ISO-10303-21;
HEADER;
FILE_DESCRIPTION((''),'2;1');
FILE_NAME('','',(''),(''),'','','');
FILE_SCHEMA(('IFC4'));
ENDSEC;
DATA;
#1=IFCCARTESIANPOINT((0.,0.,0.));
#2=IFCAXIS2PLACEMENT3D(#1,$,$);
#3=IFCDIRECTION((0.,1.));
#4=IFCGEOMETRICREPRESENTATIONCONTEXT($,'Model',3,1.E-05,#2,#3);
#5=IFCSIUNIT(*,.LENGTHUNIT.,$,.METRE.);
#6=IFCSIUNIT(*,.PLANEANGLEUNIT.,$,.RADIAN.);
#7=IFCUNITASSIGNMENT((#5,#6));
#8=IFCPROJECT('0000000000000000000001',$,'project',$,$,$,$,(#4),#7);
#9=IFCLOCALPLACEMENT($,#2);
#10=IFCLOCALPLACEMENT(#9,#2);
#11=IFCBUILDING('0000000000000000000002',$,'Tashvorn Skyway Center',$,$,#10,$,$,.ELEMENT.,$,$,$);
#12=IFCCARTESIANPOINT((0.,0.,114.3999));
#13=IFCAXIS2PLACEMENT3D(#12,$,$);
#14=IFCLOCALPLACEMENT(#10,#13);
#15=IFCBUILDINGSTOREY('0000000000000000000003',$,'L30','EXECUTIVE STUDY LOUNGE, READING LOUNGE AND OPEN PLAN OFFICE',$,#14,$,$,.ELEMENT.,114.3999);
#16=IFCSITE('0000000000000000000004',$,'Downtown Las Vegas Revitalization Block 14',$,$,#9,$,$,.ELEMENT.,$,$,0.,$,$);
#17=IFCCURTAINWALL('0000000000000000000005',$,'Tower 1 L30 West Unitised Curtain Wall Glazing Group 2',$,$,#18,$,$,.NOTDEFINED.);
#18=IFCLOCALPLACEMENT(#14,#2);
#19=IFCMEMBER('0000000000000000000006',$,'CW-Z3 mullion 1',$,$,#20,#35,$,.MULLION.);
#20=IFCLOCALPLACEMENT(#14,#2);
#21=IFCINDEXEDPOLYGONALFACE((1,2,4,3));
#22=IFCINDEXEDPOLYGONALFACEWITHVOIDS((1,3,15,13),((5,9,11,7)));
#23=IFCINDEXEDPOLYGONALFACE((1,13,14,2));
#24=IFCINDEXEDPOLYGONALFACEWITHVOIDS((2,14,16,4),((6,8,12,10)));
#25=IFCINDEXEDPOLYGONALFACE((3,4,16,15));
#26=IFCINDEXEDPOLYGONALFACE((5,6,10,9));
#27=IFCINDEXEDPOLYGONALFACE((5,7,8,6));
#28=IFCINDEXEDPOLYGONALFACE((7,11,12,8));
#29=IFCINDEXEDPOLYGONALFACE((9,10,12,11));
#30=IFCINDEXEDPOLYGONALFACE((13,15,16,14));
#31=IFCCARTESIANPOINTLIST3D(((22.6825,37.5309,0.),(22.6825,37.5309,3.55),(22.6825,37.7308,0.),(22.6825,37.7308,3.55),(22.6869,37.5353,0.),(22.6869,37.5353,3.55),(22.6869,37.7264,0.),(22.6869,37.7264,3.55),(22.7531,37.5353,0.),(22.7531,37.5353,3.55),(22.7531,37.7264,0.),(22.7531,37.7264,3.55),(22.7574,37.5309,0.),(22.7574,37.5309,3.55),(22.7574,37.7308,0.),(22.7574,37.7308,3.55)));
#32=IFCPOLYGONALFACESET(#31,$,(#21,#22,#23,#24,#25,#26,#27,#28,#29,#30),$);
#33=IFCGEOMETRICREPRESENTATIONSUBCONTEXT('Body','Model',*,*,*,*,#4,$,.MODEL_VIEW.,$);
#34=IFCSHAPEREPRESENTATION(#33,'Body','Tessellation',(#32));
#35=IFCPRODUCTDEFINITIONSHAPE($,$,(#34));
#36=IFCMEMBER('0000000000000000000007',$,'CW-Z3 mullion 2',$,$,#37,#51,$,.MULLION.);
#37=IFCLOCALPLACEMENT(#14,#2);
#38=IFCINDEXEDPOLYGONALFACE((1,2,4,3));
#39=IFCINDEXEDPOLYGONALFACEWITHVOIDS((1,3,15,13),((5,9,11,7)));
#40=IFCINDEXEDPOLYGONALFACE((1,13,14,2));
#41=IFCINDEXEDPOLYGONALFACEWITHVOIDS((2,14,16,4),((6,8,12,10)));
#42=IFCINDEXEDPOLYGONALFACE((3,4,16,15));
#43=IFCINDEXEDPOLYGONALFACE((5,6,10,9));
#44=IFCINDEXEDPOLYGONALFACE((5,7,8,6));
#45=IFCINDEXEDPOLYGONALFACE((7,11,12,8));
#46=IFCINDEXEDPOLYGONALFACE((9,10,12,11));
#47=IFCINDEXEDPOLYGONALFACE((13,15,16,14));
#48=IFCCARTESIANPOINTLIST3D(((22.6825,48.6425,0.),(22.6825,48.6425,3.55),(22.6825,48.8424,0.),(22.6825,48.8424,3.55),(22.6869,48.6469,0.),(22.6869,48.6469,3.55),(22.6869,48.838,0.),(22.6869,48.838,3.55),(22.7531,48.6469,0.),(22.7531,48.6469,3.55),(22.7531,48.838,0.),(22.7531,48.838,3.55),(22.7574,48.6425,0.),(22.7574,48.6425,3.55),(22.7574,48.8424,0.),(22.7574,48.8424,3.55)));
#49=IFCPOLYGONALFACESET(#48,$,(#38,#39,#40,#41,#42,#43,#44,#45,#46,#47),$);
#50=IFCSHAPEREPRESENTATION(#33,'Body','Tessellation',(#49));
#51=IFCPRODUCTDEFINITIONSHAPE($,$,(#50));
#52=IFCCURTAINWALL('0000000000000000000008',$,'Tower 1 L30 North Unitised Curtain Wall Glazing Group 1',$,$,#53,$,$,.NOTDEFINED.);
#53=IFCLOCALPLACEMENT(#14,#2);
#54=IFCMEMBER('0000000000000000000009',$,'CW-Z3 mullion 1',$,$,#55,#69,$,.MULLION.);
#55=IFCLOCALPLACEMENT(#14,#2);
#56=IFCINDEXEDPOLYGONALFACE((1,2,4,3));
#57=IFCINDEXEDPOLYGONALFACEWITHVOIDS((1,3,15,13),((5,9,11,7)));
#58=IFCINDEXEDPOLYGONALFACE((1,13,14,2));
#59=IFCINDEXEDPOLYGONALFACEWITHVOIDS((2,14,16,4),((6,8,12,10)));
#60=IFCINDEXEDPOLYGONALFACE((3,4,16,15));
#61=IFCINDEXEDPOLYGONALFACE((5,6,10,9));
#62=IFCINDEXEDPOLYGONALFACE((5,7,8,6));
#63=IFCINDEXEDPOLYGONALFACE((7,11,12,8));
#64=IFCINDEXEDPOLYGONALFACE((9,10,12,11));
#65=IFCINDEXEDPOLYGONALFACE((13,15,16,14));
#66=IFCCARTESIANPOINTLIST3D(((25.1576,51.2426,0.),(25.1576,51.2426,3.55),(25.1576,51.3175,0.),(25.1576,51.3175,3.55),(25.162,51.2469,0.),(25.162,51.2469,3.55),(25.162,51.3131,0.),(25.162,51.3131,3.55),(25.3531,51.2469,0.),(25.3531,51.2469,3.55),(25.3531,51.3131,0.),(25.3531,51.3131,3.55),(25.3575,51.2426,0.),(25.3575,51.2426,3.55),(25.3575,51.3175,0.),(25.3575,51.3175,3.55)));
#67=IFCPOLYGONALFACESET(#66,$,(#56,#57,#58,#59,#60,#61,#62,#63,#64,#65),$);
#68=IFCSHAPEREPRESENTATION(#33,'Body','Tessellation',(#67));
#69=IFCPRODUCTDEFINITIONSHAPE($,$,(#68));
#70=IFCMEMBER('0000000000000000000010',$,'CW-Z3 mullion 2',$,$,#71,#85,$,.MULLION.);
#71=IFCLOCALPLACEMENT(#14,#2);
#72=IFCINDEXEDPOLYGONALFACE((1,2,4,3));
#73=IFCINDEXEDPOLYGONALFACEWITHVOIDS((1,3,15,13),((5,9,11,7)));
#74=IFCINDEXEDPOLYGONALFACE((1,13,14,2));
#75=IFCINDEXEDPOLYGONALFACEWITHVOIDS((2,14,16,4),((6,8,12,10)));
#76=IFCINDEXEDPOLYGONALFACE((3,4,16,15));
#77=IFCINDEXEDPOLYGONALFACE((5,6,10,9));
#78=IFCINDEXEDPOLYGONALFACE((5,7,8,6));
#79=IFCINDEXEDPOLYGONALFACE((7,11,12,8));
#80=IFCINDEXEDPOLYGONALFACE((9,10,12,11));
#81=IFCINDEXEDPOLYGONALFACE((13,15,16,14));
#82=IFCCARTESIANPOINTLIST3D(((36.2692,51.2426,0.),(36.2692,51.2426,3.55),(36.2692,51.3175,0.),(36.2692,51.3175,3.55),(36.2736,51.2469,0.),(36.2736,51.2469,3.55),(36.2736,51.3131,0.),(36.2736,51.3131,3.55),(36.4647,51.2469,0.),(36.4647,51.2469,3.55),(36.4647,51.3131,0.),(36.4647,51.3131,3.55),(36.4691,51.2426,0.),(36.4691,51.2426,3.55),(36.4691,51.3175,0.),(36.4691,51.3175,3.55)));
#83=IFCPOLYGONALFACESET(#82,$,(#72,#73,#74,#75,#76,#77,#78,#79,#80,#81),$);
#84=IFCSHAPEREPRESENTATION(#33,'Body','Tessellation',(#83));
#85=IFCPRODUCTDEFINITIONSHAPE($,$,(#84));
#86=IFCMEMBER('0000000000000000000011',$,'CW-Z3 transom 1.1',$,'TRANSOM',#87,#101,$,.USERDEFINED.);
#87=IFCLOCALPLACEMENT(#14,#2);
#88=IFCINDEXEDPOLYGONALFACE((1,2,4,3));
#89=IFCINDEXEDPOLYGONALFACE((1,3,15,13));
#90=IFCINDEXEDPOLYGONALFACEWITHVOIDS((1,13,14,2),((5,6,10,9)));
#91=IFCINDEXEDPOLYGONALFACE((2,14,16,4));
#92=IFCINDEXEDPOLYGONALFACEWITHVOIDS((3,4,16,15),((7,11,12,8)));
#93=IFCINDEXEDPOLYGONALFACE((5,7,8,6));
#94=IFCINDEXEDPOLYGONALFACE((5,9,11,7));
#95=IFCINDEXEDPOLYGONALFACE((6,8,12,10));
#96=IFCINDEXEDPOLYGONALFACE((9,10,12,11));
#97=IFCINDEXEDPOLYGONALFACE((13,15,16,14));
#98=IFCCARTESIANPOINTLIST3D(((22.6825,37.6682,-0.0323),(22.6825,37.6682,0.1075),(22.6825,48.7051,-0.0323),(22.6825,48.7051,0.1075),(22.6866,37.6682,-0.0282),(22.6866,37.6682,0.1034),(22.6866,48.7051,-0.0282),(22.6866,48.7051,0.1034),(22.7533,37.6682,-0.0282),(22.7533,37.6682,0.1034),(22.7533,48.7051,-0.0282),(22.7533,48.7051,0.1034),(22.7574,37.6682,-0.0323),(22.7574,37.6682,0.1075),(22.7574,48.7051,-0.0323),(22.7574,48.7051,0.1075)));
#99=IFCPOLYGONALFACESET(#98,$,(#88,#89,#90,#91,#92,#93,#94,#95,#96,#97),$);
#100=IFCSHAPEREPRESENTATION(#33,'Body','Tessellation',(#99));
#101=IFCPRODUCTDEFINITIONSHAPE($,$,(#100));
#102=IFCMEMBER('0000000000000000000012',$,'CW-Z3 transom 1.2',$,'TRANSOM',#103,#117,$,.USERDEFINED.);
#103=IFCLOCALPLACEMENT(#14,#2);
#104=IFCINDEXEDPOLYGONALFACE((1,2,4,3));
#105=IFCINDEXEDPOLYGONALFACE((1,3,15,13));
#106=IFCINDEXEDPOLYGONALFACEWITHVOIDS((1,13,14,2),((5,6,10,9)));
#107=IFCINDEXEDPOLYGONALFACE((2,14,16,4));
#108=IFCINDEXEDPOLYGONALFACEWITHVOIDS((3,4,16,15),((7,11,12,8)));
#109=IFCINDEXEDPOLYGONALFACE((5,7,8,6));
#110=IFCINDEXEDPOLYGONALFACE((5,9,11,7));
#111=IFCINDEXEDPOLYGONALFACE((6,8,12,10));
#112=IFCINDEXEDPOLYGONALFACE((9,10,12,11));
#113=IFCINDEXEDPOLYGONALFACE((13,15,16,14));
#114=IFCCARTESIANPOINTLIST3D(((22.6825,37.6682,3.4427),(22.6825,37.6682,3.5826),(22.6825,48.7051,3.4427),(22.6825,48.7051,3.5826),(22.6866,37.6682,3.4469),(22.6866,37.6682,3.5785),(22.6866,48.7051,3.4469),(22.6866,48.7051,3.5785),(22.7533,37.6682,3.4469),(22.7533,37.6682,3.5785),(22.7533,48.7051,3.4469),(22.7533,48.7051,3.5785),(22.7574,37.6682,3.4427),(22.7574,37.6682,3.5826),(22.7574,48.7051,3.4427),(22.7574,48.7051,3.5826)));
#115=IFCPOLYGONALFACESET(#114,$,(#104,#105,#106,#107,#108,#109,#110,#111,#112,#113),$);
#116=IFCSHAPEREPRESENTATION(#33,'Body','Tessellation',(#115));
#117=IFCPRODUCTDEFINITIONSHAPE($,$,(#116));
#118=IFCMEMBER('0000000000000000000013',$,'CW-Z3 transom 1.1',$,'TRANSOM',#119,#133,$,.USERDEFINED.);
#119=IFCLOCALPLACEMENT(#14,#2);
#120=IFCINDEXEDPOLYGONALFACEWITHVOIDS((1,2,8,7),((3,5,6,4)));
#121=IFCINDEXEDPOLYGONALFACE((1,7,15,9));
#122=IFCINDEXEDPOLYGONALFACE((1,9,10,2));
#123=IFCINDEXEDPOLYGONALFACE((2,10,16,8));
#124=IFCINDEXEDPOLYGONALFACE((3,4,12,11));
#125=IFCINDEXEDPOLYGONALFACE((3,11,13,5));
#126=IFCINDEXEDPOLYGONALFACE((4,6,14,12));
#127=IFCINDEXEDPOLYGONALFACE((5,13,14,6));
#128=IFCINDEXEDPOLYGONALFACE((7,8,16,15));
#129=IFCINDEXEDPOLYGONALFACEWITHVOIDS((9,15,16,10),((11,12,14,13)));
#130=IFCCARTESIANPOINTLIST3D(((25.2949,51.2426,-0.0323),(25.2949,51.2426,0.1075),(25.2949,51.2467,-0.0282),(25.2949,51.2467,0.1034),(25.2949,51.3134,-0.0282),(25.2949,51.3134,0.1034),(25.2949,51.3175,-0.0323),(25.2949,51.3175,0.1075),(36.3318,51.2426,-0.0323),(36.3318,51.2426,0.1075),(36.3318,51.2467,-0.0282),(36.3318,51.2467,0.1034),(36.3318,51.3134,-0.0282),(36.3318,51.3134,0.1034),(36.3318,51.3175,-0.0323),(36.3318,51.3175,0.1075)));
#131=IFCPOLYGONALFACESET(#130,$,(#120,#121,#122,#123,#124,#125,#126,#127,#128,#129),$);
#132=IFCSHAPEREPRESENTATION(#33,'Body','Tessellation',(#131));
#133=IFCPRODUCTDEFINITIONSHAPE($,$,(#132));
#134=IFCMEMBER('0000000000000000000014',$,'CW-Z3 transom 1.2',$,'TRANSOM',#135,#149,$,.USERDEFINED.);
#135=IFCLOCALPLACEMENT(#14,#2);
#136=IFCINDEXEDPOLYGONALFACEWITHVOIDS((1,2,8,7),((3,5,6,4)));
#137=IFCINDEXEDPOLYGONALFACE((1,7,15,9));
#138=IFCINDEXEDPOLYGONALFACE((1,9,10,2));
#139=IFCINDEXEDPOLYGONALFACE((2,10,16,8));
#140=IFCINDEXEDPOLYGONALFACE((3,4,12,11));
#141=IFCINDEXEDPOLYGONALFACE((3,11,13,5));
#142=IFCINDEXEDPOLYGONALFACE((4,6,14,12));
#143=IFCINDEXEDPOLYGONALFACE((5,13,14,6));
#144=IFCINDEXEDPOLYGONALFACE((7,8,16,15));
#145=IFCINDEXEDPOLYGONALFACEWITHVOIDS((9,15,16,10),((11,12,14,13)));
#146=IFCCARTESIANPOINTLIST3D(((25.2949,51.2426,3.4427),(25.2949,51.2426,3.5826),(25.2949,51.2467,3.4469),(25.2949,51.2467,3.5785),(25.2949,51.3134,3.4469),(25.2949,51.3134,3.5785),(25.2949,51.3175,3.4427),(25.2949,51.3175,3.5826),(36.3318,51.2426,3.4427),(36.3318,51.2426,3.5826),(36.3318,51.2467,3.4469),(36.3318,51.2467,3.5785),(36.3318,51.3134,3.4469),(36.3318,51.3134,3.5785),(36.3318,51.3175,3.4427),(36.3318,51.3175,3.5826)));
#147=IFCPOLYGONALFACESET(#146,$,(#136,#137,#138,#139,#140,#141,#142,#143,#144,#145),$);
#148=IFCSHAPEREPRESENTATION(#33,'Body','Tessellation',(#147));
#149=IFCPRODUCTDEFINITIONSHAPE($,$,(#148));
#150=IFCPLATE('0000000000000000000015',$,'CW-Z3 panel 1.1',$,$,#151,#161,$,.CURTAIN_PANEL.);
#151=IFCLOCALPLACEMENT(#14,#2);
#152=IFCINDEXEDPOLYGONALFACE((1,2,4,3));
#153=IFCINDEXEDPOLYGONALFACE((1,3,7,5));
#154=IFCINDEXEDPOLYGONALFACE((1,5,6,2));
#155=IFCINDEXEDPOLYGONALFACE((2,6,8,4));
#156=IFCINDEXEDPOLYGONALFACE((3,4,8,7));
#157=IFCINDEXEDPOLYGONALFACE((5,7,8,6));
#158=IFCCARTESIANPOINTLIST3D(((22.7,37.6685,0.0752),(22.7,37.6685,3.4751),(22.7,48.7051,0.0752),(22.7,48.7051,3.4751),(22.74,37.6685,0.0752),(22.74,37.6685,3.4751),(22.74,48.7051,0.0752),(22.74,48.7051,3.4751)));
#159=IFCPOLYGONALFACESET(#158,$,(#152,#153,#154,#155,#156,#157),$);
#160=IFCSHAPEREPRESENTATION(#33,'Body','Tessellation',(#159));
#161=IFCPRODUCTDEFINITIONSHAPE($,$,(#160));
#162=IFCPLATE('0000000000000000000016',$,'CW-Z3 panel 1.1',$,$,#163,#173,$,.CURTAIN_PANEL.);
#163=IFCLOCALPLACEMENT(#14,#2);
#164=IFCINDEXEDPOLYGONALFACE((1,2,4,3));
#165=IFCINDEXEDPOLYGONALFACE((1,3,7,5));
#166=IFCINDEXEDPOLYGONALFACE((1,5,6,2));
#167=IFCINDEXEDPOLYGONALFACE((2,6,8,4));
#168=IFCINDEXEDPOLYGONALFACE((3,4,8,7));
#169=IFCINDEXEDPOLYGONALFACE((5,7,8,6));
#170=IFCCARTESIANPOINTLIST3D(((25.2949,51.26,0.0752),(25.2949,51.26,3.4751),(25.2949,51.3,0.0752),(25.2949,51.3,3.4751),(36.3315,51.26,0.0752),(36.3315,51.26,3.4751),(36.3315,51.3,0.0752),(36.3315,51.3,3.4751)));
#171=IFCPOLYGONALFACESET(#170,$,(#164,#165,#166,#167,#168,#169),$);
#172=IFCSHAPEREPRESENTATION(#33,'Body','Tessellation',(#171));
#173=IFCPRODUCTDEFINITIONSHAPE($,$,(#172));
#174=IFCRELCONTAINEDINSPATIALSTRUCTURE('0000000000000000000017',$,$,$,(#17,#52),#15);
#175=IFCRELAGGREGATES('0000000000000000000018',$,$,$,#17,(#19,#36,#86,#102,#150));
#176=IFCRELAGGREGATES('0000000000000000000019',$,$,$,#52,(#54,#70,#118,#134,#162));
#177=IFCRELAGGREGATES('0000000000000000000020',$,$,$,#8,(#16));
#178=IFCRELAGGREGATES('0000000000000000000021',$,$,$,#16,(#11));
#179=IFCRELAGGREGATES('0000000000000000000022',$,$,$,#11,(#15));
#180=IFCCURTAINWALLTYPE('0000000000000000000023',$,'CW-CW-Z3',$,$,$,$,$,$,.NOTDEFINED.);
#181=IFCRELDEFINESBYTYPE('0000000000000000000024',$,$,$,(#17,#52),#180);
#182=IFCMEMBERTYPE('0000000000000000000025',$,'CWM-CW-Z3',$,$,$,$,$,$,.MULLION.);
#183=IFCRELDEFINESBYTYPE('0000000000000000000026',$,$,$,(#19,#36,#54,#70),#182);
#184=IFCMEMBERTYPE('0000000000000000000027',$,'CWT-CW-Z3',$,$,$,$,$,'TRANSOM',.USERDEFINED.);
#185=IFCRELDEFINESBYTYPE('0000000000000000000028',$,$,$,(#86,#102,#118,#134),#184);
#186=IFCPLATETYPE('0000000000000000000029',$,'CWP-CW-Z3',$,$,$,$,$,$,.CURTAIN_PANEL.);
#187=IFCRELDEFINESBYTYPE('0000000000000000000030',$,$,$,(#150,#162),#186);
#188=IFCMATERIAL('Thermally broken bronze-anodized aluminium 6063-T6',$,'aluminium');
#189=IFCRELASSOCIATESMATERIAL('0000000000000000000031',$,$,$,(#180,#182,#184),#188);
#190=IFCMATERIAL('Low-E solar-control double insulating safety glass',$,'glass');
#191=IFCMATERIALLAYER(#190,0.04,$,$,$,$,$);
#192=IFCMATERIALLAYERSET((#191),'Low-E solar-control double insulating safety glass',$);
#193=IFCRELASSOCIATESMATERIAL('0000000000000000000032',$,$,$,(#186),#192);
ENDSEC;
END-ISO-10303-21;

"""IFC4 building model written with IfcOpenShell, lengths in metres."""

from ifc_helpers import new_model, si_unit, direction, frame, origin, origin_2d, place, context, subcontext, project, spatial, rectangle, hollow_rectangle, extrude, material, layer, layer_set, material_profile, profile_set, type_object, element, aggregate, save


model = new_model("IFC4")

# Units and contexts
model_context = context("Model", 3, precision=1e-05, world=origin(), true_north=direction((0.0, 1.0)))
body_context = subcontext(model_context, "Body", "Model", "MODEL_VIEW")
ifc_project = project(units=[si_unit("LENGTHUNIT", "METRE"), si_unit("PLANEANGLEUNIT", "RADIAN")], contexts=[model_context])

# Site, building, storey
site_placement = place(None, origin())
site = spatial("IfcSite", under=ifc_project, at=site_placement, Name="Downtown Las Vegas Revitalization Block 14", CompositionType="ELEMENT", RefElevation=0.0)
building_placement = place(site_placement, origin())
building = spatial("IfcBuilding", under=site, at=building_placement, Name="Tashvorn Skyway Center", CompositionType="ELEMENT")
storey_placement = place(building_placement, frame((0.0, 0.0, 114.3999)))
storey = spatial("IfcBuildingStorey", under=building, at=storey_placement, Name="L30", Description="EXECUTIVE STUDY LOUNGE, READING LOUNGE AND OPEN PLAN OFFICE", CompositionType="ELEMENT", Elevation=114.3999)

# Curtain walls, members
ifc_material_1 = material(Name="Thermally broken bronze-anodized aluminium 6063-T6", Category="aluminium")
curtain_wall_type = type_object("IfcCurtainWallType", Name="CW-CW-Z3", PredefinedType="NOTDEFINED", material=ifc_material_1)
curtain_wall_1_placement = place(storey_placement, origin())
curtain_wall_1 = element("IfcCurtainWall", 1, at=curtain_wall_1_placement, inside=storey, type_object=curtain_wall_type, Name="Tower 1 L30 West Unitised Curtain Wall Glazing Group 2", PredefinedType="NOTDEFINED")
ifc_material_profile_1 = material_profile(ifc_material_1, hollow_rectangle(XDim=0.075, YDim=0.2, WallThickness=0.0044, at=origin_2d()), Name="ALU-MULL-75x200")
ifc_profile_set_1 = profile_set([ifc_material_profile_1], Name="Thermally broken bronze-anodized aluminium 6063-T6")
member_type_1 = type_object("IfcMemberType", Name="CWM-CW-Z3", PredefinedType="MULLION", material=ifc_profile_set_1)
member_1_placement = place(storey_placement, frame((22.72, 37.6309, 0.0), z_axis=(0.0, 0.0, 1.0), x_axis=(-1.0, 0.0, 0.0)))
member_1 = element("IfcMember", 2, at=member_1_placement, type_object=member_type_1, Name="CW-Z3 mullion 1", PredefinedType="MULLION", context=body_context, shape_type="SweptSolid", body=[
    extrude(hollow_rectangle(XDim=0.075, YDim=0.2, WallThickness=0.0044, at=origin_2d()), origin(), (0.0, 0.0, 1.0), 3.55),
])
member_2_placement = place(storey_placement, frame((22.72, 48.7424, 0.0), z_axis=(0.0, 0.0, 1.0), x_axis=(-1.0, 0.0, 0.0)))
member_2 = element("IfcMember", 3, at=member_2_placement, type_object=member_type_1, Name="CW-Z3 mullion 2", PredefinedType="MULLION", context=body_context, shape_type="SweptSolid", body=[
    extrude(hollow_rectangle(XDim=0.075, YDim=0.2, WallThickness=0.0044, at=origin_2d()), origin(), (0.0, 0.0, 1.0), 3.55),
])
curtain_wall_2_placement = place(storey_placement, origin())
curtain_wall_2 = element("IfcCurtainWall", 4, at=curtain_wall_2_placement, inside=storey, type_object=curtain_wall_type, Name="Tower 1 L30 North Unitised Curtain Wall Glazing Group 1", PredefinedType="NOTDEFINED")
member_3_placement = place(storey_placement, frame((25.2576, 51.28, 0.0), z_axis=(0.0, 0.0, 1.0), x_axis=(0.0, 1.0, 0.0)))
member_3 = element("IfcMember", 5, at=member_3_placement, type_object=member_type_1, Name="CW-Z3 mullion 1", PredefinedType="MULLION", context=body_context, shape_type="SweptSolid", body=[
    extrude(hollow_rectangle(XDim=0.075, YDim=0.2, WallThickness=0.0044, at=origin_2d()), origin(), (0.0, 0.0, 1.0), 3.55),
])
member_4_placement = place(storey_placement, frame((36.3691, 51.28, 0.0), z_axis=(0.0, 0.0, 1.0), x_axis=(0.0, 1.0, 0.0)))
member_4 = element("IfcMember", 6, at=member_4_placement, type_object=member_type_1, Name="CW-Z3 mullion 2", PredefinedType="MULLION", context=body_context, shape_type="SweptSolid", body=[
    extrude(hollow_rectangle(XDim=0.075, YDim=0.2, WallThickness=0.0044, at=origin_2d()), origin(), (0.0, 0.0, 1.0), 3.55),
])

# Members
ifc_material_profile_2 = material_profile(ifc_material_1, hollow_rectangle(XDim=0.075, YDim=0.1399, WallThickness=0.0042, at=origin_2d()), Name="ALU-TRAN-75x140")
ifc_profile_set_2 = profile_set([ifc_material_profile_2], Name="Thermally broken bronze-anodized aluminium 6063-T6")
member_type_2 = type_object("IfcMemberType", Name="CWT-CW-Z3", ElementType="TRANSOM", PredefinedType="USERDEFINED", material=ifc_profile_set_2)
member_5_placement = place(storey_placement, frame((22.72, 37.6682, 0.0376), z_axis=(0.0, 1.0, 0.0), x_axis=(-1.0, 0.0, 0.0)))
member_5 = element("IfcMember", 7, at=member_5_placement, type_object=member_type_2, Name="CW-Z3 transom 1.1", ObjectType="TRANSOM", PredefinedType="USERDEFINED", context=body_context, shape_type="SweptSolid", body=[
    extrude(hollow_rectangle(XDim=0.075, YDim=0.1399, WallThickness=0.0042, at=origin_2d()), origin(), (0.0, 0.0, 1.0), 11.0369),
])
member_6_placement = place(storey_placement, frame((22.72, 37.6682, 3.5127), z_axis=(0.0, 1.0, 0.0), x_axis=(-1.0, 0.0, 0.0)))
member_6 = element("IfcMember", 8, at=member_6_placement, type_object=member_type_2, Name="CW-Z3 transom 1.2", ObjectType="TRANSOM", PredefinedType="USERDEFINED", context=body_context, shape_type="SweptSolid", body=[
    extrude(hollow_rectangle(XDim=0.075, YDim=0.1399, WallThickness=0.0042, at=origin_2d()), origin(), (0.0, 0.0, 1.0), 11.0369),
])
member_7_placement = place(storey_placement, frame((25.2949, 51.28, 0.0376), z_axis=(1.0, 0.0, 0.0), x_axis=(0.0, 1.0, 0.0)))
member_7 = element("IfcMember", 9, at=member_7_placement, type_object=member_type_2, Name="CW-Z3 transom 1.1", ObjectType="TRANSOM", PredefinedType="USERDEFINED", context=body_context, shape_type="SweptSolid", body=[
    extrude(hollow_rectangle(XDim=0.075, YDim=0.1399, WallThickness=0.0042, at=origin_2d()), origin(), (0.0, 0.0, 1.0), 11.0369),
])
member_8_placement = place(storey_placement, frame((25.2949, 51.28, 3.5127), z_axis=(1.0, 0.0, 0.0), x_axis=(0.0, 1.0, 0.0)))
member_8 = element("IfcMember", 10, at=member_8_placement, type_object=member_type_2, Name="CW-Z3 transom 1.2", ObjectType="TRANSOM", PredefinedType="USERDEFINED", context=body_context, shape_type="SweptSolid", body=[
    extrude(hollow_rectangle(XDim=0.075, YDim=0.1399, WallThickness=0.0042, at=origin_2d()), origin(), (0.0, 0.0, 1.0), 11.0369),
])

# Plates
ifc_material_2 = material(Name="Low-E solar-control double insulating safety glass", Category="glass")
ifc_layer_1 = layer(ifc_material_2, 0.04)
ifc_layer_set_1 = layer_set([ifc_layer_1], Name="Low-E solar-control double insulating safety glass")
plate_type = type_object("IfcPlateType", Name="CWP-CW-Z3", PredefinedType="CURTAIN_PANEL", material=ifc_layer_set_1)
plate_1_placement = place(storey_placement, frame((22.72, 43.1868, 0.0752), z_axis=(0.0, 0.0, 1.0), x_axis=(0.0, 1.0, 0.0)))
plate_1 = element("IfcPlate", 11, at=plate_1_placement, type_object=plate_type, Name="CW-Z3 panel 1.1", PredefinedType="CURTAIN_PANEL", context=body_context, shape_type="SweptSolid", body=[
    extrude(rectangle(XDim=11.0366, YDim=0.04, at=origin_2d()), origin(), (0.0, 0.0, 1.0), 3.3999),
])
aggregate(curtain_wall_1, [member_1, member_2, member_5, member_6, plate_1])
plate_2_placement = place(storey_placement, frame((30.8132, 51.28, 0.0752), z_axis=(0.0, 0.0, 1.0), x_axis=(1.0, 0.0, 0.0)))
plate_2 = element("IfcPlate", 12, at=plate_2_placement, type_object=plate_type, Name="CW-Z3 panel 1.1", PredefinedType="CURTAIN_PANEL", context=body_context, shape_type="SweptSolid", body=[
    extrude(rectangle(XDim=11.0366, YDim=0.04, at=origin_2d()), origin(), (0.0, 0.0, 1.0), 3.3999),
])
aggregate(curtain_wall_2, [member_3, member_4, member_7, member_8, plate_2])

save(model, "model.ifc")
